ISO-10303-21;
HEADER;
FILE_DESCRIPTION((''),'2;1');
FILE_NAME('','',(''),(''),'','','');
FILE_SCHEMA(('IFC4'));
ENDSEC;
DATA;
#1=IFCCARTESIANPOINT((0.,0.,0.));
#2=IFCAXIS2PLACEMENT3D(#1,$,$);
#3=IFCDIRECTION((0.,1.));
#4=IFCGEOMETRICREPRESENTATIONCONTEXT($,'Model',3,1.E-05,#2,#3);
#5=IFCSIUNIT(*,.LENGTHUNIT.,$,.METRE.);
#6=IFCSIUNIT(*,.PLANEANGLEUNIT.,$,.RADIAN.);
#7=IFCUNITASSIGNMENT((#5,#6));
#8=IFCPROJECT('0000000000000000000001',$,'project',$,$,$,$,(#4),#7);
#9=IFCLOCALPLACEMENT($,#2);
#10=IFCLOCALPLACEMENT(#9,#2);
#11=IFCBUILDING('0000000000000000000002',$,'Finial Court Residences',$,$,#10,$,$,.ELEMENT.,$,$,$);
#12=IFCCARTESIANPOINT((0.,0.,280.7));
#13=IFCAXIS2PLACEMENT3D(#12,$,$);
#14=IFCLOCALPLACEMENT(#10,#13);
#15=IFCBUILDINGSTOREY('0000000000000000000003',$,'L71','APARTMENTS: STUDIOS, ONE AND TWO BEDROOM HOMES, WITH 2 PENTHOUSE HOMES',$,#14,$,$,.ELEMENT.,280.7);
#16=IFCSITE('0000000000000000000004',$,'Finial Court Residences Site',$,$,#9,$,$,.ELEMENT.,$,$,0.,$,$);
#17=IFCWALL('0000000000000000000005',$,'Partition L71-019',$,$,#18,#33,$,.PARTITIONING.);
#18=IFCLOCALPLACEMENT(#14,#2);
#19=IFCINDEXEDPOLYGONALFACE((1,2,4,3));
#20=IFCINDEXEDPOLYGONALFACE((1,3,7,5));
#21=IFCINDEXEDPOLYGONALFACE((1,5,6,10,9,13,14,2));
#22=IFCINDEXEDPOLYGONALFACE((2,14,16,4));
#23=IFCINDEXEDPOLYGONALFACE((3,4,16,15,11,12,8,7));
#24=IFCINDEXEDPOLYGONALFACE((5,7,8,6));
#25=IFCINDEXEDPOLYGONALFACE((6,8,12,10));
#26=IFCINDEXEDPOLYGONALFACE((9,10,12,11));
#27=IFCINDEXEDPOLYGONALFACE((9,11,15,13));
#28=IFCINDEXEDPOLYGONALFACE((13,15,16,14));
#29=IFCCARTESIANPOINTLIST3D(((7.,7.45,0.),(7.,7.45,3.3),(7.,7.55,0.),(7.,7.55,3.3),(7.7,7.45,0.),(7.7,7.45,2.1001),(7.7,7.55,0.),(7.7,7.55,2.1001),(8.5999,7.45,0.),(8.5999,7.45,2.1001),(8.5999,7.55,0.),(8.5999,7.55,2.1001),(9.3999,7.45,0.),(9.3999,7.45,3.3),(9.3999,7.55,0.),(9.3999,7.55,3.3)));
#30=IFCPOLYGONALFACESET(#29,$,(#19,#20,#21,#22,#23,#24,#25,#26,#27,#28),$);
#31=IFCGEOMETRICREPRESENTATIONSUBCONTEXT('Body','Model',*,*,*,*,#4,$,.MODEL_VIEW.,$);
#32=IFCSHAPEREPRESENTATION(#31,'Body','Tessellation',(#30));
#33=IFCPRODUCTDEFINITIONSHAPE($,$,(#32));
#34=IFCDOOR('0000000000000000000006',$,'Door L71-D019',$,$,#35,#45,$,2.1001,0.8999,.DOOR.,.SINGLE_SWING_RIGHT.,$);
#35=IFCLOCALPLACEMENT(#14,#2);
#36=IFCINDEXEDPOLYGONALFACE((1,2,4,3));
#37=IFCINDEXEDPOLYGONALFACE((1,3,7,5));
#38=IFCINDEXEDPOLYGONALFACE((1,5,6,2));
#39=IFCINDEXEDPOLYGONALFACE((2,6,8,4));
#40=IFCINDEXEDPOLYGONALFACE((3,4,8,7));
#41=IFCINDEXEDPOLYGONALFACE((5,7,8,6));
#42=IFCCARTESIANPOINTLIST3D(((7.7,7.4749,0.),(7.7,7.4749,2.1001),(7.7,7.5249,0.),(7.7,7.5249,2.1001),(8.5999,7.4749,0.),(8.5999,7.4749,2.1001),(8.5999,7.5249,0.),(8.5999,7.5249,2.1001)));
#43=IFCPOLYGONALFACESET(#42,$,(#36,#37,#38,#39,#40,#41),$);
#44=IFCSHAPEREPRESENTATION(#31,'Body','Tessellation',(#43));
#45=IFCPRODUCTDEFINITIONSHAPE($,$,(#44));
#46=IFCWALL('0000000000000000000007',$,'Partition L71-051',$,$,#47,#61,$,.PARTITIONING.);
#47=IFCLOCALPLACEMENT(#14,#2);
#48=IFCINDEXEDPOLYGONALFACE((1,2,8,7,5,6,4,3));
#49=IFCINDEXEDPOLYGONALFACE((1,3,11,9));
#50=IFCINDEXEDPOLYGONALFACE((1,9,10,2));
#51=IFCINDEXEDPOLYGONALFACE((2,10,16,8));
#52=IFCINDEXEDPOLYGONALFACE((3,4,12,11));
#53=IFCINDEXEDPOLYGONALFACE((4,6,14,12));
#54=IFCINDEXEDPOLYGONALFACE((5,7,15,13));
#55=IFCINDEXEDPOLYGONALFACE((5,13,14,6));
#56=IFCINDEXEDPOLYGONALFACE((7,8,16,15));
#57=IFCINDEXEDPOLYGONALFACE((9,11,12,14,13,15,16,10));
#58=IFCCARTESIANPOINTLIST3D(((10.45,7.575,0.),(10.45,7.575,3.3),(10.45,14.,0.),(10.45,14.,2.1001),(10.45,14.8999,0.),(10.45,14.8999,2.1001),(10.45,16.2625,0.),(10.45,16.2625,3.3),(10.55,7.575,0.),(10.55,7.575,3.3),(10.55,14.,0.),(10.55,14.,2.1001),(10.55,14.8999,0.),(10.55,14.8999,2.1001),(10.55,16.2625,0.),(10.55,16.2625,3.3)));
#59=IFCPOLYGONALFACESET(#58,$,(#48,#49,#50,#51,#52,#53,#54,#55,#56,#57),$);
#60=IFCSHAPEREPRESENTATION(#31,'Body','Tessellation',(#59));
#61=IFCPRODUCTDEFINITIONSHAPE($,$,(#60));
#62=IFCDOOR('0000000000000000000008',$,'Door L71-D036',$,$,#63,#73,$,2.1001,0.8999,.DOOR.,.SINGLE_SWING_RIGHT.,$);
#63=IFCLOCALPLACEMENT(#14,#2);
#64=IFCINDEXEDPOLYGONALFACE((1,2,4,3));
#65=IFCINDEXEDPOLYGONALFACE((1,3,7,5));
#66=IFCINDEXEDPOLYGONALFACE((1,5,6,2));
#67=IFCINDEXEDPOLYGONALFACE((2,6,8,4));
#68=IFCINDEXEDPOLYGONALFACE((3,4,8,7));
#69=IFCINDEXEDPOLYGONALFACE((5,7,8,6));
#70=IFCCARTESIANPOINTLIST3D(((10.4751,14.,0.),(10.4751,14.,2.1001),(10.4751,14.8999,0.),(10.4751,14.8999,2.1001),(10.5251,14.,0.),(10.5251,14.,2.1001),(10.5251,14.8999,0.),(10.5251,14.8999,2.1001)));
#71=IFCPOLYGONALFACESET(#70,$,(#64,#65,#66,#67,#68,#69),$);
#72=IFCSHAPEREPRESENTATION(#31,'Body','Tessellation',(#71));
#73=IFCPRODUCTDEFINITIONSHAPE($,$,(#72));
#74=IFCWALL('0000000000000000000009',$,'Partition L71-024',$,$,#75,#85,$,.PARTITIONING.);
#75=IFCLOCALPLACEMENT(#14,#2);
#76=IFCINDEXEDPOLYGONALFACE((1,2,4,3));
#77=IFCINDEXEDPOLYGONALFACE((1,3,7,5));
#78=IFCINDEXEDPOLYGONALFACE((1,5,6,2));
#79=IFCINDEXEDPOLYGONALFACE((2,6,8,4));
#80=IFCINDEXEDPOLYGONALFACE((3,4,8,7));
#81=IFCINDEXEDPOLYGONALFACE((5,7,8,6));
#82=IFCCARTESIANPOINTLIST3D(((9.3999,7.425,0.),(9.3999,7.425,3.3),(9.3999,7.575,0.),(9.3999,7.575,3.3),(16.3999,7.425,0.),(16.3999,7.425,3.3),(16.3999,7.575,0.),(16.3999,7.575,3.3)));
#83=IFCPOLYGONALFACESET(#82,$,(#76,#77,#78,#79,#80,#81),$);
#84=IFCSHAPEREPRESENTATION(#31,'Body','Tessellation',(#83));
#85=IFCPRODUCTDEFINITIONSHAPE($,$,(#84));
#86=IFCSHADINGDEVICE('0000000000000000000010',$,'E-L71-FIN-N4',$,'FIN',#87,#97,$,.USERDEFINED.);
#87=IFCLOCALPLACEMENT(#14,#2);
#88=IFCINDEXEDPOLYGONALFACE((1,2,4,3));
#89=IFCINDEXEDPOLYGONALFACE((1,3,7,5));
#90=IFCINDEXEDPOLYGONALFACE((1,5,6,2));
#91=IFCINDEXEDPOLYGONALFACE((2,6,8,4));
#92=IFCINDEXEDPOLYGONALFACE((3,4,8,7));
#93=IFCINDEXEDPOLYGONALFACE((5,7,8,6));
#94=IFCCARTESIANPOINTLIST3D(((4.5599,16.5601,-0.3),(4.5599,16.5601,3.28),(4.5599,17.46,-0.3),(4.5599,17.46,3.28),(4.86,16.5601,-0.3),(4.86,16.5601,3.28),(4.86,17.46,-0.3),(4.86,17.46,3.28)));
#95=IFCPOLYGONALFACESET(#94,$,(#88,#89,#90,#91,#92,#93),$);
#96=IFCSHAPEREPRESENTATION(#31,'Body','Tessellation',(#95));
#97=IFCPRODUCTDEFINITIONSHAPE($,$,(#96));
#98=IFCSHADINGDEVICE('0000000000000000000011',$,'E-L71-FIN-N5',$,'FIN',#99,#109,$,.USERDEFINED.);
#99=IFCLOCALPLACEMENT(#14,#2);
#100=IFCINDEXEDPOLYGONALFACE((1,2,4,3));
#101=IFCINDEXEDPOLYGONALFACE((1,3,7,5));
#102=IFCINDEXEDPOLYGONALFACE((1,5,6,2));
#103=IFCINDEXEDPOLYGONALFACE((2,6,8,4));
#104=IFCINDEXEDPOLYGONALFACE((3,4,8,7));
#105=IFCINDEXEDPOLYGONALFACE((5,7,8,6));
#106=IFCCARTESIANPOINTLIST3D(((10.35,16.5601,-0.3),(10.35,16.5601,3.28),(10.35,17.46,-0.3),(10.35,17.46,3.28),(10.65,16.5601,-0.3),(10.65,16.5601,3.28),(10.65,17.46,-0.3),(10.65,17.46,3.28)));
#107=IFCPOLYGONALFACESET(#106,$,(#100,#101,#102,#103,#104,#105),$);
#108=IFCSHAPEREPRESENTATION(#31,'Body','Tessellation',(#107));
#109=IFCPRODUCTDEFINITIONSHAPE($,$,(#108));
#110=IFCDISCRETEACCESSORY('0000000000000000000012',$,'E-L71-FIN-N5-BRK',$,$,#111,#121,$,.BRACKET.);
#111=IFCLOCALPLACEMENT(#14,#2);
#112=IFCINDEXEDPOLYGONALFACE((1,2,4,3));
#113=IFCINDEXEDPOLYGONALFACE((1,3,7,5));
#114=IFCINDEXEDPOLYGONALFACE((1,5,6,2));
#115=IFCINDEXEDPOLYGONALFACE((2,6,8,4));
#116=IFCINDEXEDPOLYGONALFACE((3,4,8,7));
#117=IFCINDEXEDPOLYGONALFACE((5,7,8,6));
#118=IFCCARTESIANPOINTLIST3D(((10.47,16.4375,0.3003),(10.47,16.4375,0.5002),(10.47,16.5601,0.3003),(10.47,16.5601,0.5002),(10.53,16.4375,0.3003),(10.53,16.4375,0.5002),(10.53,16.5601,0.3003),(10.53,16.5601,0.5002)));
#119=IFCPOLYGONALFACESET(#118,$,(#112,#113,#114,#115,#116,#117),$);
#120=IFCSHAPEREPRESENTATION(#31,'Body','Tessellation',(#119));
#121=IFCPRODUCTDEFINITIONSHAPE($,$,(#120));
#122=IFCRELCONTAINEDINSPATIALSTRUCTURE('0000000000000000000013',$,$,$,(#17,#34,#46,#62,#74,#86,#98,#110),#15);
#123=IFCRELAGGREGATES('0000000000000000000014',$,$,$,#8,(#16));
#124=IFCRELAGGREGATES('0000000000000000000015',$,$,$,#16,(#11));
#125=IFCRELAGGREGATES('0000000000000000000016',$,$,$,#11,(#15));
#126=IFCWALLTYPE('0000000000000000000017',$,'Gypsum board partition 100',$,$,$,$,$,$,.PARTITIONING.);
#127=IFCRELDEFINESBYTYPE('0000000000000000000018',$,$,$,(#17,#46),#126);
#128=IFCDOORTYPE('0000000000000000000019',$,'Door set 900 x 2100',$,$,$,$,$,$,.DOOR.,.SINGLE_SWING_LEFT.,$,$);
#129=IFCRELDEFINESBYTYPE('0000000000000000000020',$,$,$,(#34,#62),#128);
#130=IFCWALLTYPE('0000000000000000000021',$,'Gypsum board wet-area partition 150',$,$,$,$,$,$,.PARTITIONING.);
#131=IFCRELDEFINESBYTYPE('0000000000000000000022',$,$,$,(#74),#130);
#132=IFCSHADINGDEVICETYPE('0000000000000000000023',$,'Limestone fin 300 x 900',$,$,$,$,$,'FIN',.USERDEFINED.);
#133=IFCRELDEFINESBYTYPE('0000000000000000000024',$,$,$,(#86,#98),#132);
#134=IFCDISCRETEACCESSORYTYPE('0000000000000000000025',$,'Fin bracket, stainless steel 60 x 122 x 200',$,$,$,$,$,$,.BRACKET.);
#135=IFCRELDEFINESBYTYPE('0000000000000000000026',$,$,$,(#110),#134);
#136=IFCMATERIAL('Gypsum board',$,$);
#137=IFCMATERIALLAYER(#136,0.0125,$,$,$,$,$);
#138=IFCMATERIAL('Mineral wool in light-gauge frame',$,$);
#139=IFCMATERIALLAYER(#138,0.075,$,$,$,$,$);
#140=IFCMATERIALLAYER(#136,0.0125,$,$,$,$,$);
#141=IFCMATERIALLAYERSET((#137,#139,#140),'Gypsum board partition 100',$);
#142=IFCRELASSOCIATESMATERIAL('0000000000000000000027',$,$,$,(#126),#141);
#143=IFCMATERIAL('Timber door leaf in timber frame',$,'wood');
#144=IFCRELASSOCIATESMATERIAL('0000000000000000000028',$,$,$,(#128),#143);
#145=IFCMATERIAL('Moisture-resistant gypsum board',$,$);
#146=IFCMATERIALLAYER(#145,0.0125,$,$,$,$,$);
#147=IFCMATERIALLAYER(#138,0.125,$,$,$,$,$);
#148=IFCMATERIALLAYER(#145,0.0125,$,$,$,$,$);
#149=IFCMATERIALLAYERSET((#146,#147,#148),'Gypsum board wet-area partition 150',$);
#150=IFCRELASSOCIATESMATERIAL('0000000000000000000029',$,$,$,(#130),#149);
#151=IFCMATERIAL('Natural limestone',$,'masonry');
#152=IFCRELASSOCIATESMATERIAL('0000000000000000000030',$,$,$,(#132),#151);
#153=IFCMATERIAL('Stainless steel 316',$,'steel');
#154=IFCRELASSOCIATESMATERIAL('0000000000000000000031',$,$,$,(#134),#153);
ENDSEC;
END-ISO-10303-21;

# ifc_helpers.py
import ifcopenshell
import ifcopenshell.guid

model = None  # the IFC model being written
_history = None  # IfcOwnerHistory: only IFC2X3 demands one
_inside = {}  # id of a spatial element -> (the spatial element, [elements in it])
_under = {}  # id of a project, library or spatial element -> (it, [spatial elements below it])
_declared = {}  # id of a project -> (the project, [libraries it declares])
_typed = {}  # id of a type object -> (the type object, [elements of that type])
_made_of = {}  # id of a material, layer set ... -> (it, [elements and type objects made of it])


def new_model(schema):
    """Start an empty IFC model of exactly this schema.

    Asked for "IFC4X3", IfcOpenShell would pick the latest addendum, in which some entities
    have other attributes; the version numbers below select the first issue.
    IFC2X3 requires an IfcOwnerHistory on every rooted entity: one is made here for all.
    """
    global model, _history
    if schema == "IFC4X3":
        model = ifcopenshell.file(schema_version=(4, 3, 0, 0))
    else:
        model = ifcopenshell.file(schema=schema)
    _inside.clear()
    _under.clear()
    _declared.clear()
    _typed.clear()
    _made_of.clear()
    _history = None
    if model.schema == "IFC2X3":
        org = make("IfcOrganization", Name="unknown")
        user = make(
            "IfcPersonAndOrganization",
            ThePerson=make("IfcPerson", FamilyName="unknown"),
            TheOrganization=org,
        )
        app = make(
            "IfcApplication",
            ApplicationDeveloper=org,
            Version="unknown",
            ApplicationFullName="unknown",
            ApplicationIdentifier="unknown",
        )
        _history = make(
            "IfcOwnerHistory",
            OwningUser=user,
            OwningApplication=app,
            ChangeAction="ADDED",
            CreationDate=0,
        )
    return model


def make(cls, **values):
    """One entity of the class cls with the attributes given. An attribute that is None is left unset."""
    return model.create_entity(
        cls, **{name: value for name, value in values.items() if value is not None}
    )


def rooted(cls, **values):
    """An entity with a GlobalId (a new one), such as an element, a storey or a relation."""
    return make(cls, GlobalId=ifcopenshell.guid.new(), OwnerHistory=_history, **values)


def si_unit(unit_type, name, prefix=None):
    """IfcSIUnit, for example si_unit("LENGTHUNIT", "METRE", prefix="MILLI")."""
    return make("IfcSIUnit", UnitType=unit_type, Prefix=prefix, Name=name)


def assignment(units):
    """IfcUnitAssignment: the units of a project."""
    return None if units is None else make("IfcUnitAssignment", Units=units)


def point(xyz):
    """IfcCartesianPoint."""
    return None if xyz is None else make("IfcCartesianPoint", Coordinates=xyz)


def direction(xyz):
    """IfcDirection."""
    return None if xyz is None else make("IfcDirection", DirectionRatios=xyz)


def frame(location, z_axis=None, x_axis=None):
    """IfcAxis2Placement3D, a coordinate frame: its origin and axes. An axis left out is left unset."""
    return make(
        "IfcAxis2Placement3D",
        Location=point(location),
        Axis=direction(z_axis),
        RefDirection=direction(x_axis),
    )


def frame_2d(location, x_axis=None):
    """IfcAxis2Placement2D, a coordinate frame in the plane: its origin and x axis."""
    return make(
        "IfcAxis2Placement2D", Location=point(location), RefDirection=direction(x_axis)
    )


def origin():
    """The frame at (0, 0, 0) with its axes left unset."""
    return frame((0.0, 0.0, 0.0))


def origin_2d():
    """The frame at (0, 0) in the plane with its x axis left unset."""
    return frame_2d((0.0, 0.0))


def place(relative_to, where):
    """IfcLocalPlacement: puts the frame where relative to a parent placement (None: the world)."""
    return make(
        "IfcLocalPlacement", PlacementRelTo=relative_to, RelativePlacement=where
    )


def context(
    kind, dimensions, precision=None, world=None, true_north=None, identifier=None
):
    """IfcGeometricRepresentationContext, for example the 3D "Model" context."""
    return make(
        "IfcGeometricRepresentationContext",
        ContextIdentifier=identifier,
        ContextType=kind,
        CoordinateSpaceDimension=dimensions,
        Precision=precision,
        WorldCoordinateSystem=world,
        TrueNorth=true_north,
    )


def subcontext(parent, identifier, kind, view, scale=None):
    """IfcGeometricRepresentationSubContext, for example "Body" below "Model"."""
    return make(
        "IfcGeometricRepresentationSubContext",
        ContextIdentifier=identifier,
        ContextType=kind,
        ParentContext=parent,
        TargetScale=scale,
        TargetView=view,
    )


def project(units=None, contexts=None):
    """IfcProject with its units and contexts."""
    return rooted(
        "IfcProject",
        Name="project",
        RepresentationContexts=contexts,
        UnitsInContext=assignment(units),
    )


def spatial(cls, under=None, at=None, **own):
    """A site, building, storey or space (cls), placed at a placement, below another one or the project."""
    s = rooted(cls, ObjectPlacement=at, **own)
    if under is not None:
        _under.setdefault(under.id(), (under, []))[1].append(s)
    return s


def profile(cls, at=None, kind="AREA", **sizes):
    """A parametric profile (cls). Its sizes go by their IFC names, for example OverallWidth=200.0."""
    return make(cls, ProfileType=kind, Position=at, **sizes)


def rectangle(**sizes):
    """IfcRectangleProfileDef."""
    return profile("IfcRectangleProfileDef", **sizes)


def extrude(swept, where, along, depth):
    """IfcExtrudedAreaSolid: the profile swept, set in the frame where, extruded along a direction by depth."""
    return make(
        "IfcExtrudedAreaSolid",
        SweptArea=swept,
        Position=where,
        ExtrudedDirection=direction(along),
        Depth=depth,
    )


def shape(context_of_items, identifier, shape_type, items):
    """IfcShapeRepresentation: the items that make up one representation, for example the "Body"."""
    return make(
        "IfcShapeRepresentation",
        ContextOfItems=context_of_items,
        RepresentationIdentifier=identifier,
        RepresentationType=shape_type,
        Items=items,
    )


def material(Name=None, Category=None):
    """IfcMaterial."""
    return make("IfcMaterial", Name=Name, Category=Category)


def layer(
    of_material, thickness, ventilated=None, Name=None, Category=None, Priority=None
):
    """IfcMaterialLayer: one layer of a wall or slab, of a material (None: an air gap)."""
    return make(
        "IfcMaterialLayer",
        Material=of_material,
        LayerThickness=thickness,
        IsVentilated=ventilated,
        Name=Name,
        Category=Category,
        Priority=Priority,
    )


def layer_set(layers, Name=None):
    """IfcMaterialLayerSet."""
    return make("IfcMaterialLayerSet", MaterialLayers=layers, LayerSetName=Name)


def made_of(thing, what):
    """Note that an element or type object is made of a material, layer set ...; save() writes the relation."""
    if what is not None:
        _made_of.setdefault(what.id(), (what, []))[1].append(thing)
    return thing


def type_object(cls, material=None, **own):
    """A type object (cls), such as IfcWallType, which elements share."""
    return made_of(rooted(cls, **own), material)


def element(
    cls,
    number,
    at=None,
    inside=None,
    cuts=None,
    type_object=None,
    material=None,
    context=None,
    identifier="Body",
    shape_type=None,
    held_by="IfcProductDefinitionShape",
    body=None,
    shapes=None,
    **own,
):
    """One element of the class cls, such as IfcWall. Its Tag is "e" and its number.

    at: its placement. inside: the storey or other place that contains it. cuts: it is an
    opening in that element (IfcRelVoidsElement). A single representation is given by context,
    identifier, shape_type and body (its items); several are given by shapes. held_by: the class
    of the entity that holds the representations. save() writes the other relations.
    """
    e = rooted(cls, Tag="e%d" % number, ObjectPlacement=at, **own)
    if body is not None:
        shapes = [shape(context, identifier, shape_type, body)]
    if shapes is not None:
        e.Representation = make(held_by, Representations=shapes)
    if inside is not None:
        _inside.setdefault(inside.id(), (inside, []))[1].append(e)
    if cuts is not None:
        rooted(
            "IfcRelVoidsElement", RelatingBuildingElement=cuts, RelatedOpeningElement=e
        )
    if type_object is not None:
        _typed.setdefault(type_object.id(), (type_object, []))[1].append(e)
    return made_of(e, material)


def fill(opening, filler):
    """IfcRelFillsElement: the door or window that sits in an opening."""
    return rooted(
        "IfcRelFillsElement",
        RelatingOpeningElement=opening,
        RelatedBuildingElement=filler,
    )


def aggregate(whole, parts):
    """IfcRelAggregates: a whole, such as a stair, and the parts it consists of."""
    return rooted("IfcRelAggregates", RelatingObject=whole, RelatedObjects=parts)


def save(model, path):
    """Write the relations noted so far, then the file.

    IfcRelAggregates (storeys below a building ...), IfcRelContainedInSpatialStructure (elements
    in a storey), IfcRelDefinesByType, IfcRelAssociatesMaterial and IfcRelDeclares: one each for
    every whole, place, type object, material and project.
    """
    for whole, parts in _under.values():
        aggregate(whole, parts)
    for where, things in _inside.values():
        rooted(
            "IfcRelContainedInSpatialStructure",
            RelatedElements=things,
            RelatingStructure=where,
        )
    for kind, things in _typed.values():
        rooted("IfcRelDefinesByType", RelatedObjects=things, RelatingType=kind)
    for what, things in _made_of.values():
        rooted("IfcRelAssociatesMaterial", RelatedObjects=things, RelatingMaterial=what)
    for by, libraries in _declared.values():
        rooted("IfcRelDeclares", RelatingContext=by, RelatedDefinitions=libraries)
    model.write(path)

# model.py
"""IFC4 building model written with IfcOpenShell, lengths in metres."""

from ifc_helpers import new_model, si_unit, direction, frame, frame_2d, origin, origin_2d, place, context, subcontext, project, spatial, rectangle, extrude, material, layer, layer_set, type_object, element, fill, save


model = new_model("IFC4")

# Units and contexts
model_context = context("Model", 3, precision=1e-05, world=origin(), true_north=direction((0.0, 1.0)))
body_context = subcontext(model_context, "Body", "Model", "MODEL_VIEW")
ifc_project = project(units=[si_unit("LENGTHUNIT", "METRE"), si_unit("PLANEANGLEUNIT", "RADIAN")], contexts=[model_context])

# Site, building, storey
site_placement = place(None, origin())
site = spatial("IfcSite", under=ifc_project, at=site_placement, Name="Finial Court Residences Site", CompositionType="ELEMENT", RefElevation=0.0)
building_placement = place(site_placement, origin())
building = spatial("IfcBuilding", under=site, at=building_placement, Name="Finial Court Residences", CompositionType="ELEMENT")
storey_placement = place(building_placement, frame((0.0, 0.0, 280.7)))
storey = spatial("IfcBuildingStorey", under=building, at=storey_placement, Name="L71", Description="APARTMENTS: STUDIOS, ONE AND TWO BEDROOM HOMES, WITH 2 PENTHOUSE HOMES", CompositionType="ELEMENT", Elevation=280.7)

# Shared definitions
ifc_material_1 = material(Name="Gypsum board")

# Walls, openings, doors
ifc_layer_1 = layer(ifc_material_1, 0.0125)
ifc_material_2 = material(Name="Mineral wool in light-gauge frame")
ifc_layer_2 = layer(ifc_material_2, 0.075)
ifc_layer_3 = layer(ifc_material_1, 0.0125)
ifc_layer_set_1 = layer_set([ifc_layer_1, ifc_layer_2, ifc_layer_3], Name="Gypsum board partition 100")
wall_type_1 = type_object("IfcWallType", Name="Gypsum board partition 100", PredefinedType="PARTITIONING", material=ifc_layer_set_1)
wall_1_placement = place(storey_placement, frame((7.0, 7.5, 0.0), z_axis=(0.0, 0.0, 1.0), x_axis=(1.0, 0.0, 0.0)))
wall_1 = element("IfcWall", 1, at=wall_1_placement, inside=storey, type_object=wall_type_1, Name="Partition L71-019", PredefinedType="PARTITIONING", context=body_context, shape_type="SweptSolid", body=[
    extrude(rectangle(XDim=2.3999, YDim=0.1001, at=frame_2d((1.2, 0.0))), origin(), (0.0, 0.0, 1.0), 3.3),
])
opening_1_placement = place(wall_1_placement, frame((0.7, 0.0, 0.0)))
opening_1 = element("IfcOpeningElement", 2, at=opening_1_placement, cuts=wall_1, PredefinedType="OPENING", context=body_context, shape_type="SweptSolid", body=[
    extrude(rectangle(XDim=0.8999, YDim=2.1001, at=frame_2d((0.45, 1.05))), frame((0.0, 0.0601, 0.0), z_axis=(0.0, -1.0, 0.0), x_axis=(1.0, 0.0, 0.0)), (0.0, 0.0, 1.0), 0.1201),
])
ifc_material_3 = material(Name="Timber door leaf in timber frame", Category="wood")
door_type = type_object("IfcDoorType", Name="Door set 900 x 2100", OperationType="SINGLE_SWING_LEFT", PredefinedType="DOOR", material=ifc_material_3)
door_1_placement = place(opening_1_placement, origin())
door_1 = element("IfcDoor", 3, at=door_1_placement, inside=storey, type_object=door_type, Name="Door L71-D019", OperationType="SINGLE_SWING_RIGHT", OverallHeight=2.1001, OverallWidth=0.8999, PredefinedType="DOOR", context=body_context, shape_type="SweptSolid", body=[
    extrude(rectangle(XDim=0.8999, YDim=2.1001, at=frame_2d((0.45, 1.05))), frame((0.0, 0.0249, 0.0), z_axis=(0.0, -1.0, 0.0), x_axis=(1.0, 0.0, 0.0)), (0.0, 0.0, 1.0), 0.05),
])
fill(opening_1, door_1)
wall_2_placement = place(storey_placement, frame((10.5, 7.575, 0.0), z_axis=(0.0, 0.0, 1.0), x_axis=(0.0, 1.0, 0.0)))
wall_2 = element("IfcWall", 4, at=wall_2_placement, inside=storey, type_object=wall_type_1, Name="Partition L71-051", PredefinedType="PARTITIONING", context=body_context, shape_type="SweptSolid", body=[
    extrude(rectangle(XDim=8.6875, YDim=0.1001, at=frame_2d((4.3438, 0.0))), origin(), (0.0, 0.0, 1.0), 3.3),
])
opening_2_placement = place(wall_2_placement, frame((6.425, 0.0, 0.0)))
opening_2 = element("IfcOpeningElement", 5, at=opening_2_placement, cuts=wall_2, PredefinedType="OPENING", context=body_context, shape_type="SweptSolid", body=[
    extrude(rectangle(XDim=0.8999, YDim=2.1001, at=frame_2d((0.45, 1.05))), frame((0.0, 0.0601, 0.0), z_axis=(0.0, -1.0, 0.0), x_axis=(1.0, 0.0, 0.0)), (0.0, 0.0, 1.0), 0.1201),
])
door_2_placement = place(opening_2_placement, origin())
door_2 = element("IfcDoor", 6, at=door_2_placement, inside=storey, type_object=door_type, Name="Door L71-D036", OperationType="SINGLE_SWING_RIGHT", OverallHeight=2.1001, OverallWidth=0.8999, PredefinedType="DOOR", context=body_context, shape_type="SweptSolid", body=[
    extrude(rectangle(XDim=0.8999, YDim=2.1001, at=frame_2d((0.45, 1.05))), frame((0.0, 0.0249, 0.0), z_axis=(0.0, -1.0, 0.0), x_axis=(1.0, 0.0, 0.0)), (0.0, 0.0, 1.0), 0.05),
])
fill(opening_2, door_2)

# Wall
ifc_material_4 = material(Name="Moisture-resistant gypsum board")
ifc_layer_4 = layer(ifc_material_4, 0.0125)
ifc_layer_5 = layer(ifc_material_2, 0.125)
ifc_layer_6 = layer(ifc_material_4, 0.0125)
ifc_layer_set_2 = layer_set([ifc_layer_4, ifc_layer_5, ifc_layer_6], Name="Gypsum board wet-area partition 150")
wall_type_2 = type_object("IfcWallType", Name="Gypsum board wet-area partition 150", PredefinedType="PARTITIONING", material=ifc_layer_set_2)
wall_3_placement = place(storey_placement, frame((9.3999, 7.5, 0.0), z_axis=(0.0, 0.0, 1.0), x_axis=(1.0, 0.0, 0.0)))
element("IfcWall", 7, at=wall_3_placement, inside=storey, type_object=wall_type_2, Name="Partition L71-024", PredefinedType="PARTITIONING", context=body_context, shape_type="SweptSolid", body=[
    extrude(rectangle(XDim=7.0, YDim=0.1499, at=frame_2d((3.5, 0.0))), origin(), (0.0, 0.0, 1.0), 3.3),
])

# Shading devices
ifc_material_5 = material(Name="Natural limestone", Category="masonry")
shading_device_type = type_object("IfcShadingDeviceType", Name="Limestone fin 300 x 900", ElementType="FIN", PredefinedType="USERDEFINED", material=ifc_material_5)
for number, where, z_axis, x_axis, name in (
    (8, (4.71, 17.01, -0.3), (0.0, 0.0, 1.0), (1.0, 0.0, 0.0), "E-L71-FIN-N4"),
    (9, (10.5, 17.01, -0.3), (0.0, 0.0, 1.0), (1.0, 0.0, 0.0), "E-L71-FIN-N5"),
):
    element("IfcShadingDevice", number, at=place(storey_placement, frame(where, z_axis=z_axis, x_axis=x_axis)), inside=storey, type_object=shading_device_type, Name=name, ObjectType="FIN", PredefinedType="USERDEFINED", context=body_context, shape_type="SweptSolid", body=[
        extrude(rectangle(XDim=0.3, YDim=0.8999, at=origin_2d()), origin(), (0.0, 0.0, 1.0), 3.5801),
    ])

# Discrete accessory
ifc_material_6 = material(Name="Stainless steel 316", Category="steel")
discrete_accessory_type = type_object("IfcDiscreteAccessoryType", Name="Fin bracket, stainless steel 60 x 122 x 200", PredefinedType="BRACKET", material=ifc_material_6)
discrete_accessory_placement = place(storey_placement, frame((10.5, 16.4988, 0.3003), z_axis=(0.0, 0.0, 1.0), x_axis=(1.0, 0.0, 0.0)))
element("IfcDiscreteAccessory", 10, at=discrete_accessory_placement, inside=storey, type_object=discrete_accessory_type, Name="E-L71-FIN-N5-BRK", PredefinedType="BRACKET", context=body_context, shape_type="SweptSolid", body=[
    extrude(rectangle(XDim=0.0601, YDim=0.1226, at=origin_2d()), origin(), (0.0, 0.0, 1.0), 0.2),
])

save(model, "model.ifc")
